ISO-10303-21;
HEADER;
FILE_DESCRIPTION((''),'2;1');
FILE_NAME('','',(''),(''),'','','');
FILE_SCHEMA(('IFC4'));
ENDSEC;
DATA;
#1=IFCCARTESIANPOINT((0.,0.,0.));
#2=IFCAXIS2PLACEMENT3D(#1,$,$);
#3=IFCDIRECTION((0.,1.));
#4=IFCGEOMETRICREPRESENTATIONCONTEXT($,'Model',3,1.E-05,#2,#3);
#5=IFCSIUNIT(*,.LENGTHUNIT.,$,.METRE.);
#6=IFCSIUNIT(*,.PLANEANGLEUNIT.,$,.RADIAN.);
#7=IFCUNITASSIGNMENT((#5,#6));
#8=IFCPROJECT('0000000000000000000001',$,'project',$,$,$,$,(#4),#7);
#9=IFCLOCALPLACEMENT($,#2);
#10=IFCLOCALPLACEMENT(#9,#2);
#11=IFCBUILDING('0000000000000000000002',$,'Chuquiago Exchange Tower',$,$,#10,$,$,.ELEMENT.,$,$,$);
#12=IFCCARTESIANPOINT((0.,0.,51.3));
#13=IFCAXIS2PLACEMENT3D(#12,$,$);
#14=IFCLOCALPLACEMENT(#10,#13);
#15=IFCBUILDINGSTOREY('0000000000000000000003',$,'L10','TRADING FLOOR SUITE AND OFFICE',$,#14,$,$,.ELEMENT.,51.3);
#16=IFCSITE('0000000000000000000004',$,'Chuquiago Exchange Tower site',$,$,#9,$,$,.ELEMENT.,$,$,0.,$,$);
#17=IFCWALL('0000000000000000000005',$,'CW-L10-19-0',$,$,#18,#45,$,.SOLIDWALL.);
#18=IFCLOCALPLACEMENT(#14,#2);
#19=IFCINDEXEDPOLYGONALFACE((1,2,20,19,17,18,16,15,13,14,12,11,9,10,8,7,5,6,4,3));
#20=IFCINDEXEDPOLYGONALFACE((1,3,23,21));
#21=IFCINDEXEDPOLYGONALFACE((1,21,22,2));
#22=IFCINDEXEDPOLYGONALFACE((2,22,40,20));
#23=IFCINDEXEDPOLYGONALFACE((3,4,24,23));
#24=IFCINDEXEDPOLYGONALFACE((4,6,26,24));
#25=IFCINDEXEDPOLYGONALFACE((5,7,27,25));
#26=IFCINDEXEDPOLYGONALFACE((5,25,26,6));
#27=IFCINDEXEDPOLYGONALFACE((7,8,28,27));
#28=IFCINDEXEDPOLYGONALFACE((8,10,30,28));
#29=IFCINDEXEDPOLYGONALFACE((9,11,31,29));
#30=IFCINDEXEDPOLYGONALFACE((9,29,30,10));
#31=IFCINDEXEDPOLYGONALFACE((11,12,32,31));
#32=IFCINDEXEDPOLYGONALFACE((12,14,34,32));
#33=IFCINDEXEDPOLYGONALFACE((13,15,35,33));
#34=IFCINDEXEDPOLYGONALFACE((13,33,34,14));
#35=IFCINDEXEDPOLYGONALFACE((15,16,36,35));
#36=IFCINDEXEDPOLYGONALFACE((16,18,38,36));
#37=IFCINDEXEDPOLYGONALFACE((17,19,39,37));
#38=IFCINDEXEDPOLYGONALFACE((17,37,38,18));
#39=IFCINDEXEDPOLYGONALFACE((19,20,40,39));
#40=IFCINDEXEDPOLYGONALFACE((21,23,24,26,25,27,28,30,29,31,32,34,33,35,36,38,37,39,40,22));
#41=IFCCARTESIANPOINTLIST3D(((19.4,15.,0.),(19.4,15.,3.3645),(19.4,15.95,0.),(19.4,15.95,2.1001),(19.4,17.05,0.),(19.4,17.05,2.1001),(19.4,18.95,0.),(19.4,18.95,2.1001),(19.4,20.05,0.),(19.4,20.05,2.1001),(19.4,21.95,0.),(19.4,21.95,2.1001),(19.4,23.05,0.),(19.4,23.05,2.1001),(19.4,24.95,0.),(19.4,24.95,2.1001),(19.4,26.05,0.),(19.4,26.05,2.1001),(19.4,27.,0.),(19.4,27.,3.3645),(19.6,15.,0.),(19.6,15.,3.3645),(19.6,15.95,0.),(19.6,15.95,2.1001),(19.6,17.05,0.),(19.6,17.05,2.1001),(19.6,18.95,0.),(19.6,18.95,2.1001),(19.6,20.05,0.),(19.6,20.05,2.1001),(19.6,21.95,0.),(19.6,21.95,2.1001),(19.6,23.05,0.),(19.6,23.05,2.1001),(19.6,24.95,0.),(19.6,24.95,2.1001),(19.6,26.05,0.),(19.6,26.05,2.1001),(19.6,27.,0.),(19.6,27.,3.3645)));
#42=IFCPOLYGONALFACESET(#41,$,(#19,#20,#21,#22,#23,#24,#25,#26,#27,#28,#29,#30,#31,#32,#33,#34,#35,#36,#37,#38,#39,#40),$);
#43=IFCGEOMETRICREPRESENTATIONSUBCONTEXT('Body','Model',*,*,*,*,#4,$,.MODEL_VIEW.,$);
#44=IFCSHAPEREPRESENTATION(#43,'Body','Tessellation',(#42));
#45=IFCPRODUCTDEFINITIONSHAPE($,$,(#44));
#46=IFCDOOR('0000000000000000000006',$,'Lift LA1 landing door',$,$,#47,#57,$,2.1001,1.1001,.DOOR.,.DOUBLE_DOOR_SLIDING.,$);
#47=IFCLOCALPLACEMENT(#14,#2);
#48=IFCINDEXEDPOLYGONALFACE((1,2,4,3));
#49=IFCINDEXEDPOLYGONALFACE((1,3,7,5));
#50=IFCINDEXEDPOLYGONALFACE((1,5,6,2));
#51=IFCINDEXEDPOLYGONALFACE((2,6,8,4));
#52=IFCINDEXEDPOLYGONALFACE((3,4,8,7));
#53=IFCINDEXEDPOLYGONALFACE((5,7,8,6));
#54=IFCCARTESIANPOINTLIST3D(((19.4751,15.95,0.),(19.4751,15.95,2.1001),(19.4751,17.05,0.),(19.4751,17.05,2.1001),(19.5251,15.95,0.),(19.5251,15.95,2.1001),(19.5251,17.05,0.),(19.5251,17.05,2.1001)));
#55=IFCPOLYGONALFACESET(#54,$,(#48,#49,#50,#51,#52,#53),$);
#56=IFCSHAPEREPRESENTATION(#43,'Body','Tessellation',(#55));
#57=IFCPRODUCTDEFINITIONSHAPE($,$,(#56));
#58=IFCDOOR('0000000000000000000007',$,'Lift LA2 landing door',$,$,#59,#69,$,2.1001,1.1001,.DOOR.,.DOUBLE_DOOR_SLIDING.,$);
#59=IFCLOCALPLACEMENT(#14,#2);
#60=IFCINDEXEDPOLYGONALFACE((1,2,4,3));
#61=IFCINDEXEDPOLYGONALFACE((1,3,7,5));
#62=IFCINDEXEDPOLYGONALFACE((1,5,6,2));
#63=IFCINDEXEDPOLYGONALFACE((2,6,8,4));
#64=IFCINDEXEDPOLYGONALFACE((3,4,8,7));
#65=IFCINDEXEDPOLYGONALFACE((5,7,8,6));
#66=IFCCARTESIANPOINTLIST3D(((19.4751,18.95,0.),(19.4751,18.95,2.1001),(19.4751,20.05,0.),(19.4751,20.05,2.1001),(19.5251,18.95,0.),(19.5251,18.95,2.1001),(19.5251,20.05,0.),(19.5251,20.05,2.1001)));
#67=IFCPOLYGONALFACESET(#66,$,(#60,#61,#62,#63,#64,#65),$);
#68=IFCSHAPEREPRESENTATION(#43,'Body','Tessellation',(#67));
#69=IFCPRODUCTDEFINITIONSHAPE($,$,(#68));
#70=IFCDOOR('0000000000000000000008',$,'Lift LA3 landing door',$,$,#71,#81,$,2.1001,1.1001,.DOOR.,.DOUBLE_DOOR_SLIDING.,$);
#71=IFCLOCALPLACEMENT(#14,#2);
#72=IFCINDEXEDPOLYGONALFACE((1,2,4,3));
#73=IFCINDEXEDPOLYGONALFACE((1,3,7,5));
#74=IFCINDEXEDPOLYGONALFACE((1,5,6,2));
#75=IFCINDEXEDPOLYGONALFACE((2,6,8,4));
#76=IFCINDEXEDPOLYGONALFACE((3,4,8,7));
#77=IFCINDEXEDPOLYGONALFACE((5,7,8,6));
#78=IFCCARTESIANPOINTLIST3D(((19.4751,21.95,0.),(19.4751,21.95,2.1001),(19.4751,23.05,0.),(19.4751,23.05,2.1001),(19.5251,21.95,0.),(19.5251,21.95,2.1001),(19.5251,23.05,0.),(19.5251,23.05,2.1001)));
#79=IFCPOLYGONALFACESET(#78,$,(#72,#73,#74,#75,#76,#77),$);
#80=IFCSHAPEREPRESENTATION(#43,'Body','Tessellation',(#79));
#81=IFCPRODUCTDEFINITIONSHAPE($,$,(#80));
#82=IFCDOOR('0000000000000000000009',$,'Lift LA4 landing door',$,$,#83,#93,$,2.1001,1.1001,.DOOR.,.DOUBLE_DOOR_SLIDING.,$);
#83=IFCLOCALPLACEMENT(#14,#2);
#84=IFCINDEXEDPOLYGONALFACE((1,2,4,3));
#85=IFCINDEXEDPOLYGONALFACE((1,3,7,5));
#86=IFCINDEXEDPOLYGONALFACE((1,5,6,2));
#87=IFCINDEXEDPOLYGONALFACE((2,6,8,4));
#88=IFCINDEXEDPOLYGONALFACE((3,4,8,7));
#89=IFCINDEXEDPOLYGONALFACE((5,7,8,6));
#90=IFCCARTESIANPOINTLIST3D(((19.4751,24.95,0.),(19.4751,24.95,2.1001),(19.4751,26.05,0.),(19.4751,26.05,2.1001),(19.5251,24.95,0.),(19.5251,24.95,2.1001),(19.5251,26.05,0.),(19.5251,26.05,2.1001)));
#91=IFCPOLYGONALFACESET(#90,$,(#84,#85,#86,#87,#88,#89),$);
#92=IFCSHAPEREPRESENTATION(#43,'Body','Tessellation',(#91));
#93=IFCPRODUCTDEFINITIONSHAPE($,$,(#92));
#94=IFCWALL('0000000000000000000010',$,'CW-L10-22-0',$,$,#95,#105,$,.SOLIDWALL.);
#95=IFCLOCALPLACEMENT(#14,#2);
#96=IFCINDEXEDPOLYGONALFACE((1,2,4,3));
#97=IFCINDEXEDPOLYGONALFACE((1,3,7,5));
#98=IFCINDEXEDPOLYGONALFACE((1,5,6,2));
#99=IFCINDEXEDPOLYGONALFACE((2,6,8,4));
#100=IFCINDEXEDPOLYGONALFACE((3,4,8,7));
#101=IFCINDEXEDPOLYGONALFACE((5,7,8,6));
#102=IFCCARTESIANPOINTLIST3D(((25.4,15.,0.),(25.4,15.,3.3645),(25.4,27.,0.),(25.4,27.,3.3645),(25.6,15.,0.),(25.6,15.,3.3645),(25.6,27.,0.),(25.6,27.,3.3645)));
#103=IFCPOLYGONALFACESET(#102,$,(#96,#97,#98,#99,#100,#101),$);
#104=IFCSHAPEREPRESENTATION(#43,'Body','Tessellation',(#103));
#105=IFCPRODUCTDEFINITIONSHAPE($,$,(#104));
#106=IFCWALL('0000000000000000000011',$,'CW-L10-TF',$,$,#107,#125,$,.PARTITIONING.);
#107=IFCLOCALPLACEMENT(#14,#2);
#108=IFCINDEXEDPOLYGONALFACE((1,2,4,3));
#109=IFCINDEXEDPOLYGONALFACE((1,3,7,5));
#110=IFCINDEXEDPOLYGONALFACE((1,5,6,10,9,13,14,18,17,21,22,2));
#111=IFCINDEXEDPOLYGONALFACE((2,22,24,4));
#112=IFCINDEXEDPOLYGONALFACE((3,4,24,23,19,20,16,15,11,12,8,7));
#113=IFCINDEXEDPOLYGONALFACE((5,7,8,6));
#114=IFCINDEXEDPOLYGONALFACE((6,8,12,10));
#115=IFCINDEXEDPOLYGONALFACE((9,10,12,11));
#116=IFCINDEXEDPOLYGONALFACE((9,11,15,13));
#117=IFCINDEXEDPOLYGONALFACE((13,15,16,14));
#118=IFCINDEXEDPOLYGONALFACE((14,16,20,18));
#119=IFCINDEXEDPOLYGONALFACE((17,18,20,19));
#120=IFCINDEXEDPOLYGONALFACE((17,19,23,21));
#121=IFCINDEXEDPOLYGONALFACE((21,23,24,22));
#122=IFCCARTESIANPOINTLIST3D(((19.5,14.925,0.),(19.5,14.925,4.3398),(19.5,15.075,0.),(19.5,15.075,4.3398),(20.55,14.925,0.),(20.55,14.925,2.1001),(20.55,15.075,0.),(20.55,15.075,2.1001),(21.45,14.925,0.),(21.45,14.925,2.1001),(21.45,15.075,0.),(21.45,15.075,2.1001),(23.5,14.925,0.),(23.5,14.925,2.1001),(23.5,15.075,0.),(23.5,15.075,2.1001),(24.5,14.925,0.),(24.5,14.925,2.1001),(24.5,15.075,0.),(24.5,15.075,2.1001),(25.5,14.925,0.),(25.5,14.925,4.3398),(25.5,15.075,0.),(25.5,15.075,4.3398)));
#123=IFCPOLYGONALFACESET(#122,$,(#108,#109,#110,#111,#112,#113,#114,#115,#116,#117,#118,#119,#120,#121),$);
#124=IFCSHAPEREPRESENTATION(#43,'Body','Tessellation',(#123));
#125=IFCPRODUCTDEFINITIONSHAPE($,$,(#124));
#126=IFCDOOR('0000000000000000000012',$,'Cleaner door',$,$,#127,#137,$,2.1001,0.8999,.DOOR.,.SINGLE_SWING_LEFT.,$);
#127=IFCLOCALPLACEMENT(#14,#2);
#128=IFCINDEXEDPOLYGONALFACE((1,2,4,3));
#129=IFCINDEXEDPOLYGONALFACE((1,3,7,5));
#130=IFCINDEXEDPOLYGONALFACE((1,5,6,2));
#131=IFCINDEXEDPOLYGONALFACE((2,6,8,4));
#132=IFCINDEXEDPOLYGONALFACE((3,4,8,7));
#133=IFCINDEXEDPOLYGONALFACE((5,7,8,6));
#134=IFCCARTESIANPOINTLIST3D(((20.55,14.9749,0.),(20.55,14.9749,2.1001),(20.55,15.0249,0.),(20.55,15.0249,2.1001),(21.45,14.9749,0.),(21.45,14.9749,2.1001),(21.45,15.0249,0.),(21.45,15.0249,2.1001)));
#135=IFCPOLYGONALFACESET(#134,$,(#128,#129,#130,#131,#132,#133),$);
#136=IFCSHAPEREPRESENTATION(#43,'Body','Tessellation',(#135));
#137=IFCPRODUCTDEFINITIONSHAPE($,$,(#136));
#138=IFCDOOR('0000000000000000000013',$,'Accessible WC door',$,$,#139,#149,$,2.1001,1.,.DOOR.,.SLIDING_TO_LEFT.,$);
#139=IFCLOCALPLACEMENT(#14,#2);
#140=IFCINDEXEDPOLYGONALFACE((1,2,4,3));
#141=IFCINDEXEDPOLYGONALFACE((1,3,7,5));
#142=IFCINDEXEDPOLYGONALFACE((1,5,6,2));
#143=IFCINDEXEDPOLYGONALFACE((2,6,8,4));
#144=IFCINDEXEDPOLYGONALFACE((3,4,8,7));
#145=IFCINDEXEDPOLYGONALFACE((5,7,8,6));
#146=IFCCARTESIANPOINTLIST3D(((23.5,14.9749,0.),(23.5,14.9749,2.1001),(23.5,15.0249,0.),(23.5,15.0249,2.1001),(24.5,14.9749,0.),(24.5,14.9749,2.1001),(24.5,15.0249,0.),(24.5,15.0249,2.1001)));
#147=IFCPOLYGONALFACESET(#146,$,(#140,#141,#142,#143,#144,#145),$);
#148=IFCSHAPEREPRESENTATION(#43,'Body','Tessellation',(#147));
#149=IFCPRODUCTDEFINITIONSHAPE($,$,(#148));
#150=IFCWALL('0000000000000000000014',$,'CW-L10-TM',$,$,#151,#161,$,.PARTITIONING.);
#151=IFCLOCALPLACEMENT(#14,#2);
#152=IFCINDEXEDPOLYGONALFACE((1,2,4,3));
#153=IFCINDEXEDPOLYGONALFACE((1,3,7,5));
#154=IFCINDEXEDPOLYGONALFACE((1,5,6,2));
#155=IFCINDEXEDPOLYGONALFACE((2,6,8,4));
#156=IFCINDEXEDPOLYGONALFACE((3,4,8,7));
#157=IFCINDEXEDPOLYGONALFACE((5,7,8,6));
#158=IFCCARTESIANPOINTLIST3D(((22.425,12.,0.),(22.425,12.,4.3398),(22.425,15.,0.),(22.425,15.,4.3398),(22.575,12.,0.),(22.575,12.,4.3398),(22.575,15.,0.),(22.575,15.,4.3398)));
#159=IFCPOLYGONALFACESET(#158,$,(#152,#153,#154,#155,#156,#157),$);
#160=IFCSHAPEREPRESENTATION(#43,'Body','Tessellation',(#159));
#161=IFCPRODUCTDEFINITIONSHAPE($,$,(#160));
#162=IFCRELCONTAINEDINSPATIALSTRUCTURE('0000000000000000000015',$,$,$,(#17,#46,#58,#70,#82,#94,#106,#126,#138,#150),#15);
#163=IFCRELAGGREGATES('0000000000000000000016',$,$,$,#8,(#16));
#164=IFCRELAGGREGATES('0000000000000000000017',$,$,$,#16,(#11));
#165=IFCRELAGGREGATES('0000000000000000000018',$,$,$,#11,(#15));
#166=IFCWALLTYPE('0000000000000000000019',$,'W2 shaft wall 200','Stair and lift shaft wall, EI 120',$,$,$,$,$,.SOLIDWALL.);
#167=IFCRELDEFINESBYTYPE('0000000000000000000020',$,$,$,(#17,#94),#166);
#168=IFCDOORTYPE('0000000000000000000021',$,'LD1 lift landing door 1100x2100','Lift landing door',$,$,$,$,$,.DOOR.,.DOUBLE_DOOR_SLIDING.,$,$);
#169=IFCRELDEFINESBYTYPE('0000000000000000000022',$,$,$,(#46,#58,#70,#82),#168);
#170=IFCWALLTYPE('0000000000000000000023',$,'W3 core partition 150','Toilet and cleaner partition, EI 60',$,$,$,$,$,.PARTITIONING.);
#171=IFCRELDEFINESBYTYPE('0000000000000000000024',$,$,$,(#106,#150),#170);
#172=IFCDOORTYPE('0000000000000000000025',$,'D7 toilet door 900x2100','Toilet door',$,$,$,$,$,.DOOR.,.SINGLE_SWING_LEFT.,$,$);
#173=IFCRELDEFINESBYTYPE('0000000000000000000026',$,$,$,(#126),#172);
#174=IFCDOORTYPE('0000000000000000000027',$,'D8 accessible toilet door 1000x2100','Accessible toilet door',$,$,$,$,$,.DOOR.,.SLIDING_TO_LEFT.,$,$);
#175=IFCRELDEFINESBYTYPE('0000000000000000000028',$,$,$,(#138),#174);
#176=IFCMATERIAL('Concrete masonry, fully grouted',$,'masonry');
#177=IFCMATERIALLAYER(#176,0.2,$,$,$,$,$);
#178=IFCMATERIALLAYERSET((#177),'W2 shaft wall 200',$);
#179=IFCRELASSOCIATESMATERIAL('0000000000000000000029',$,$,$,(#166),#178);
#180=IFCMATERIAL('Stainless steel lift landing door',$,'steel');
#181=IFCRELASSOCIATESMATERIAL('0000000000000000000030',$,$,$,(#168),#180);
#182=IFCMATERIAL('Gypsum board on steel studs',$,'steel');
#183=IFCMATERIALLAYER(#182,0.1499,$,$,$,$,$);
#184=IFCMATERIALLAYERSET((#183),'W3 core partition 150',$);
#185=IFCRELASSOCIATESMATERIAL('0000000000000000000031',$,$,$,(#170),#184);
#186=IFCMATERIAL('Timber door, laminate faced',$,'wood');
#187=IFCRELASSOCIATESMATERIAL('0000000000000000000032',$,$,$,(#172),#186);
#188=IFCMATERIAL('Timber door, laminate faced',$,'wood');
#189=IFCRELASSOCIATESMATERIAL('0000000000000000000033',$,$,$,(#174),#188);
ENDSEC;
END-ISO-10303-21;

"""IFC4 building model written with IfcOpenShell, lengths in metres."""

from ifc_helpers import new_model, si_unit, direction, frame, frame_2d, origin, place, context, subcontext, project, spatial, rectangle, extrude, material, layer, layer_set, type_object, element, fill, save


model = new_model("IFC4")

# Units and contexts
model_context = context("Model", 3, precision=1e-05, world=origin(), true_north=direction((0.0, 1.0)))
body_context = subcontext(model_context, "Body", "Model", "MODEL_VIEW")
ifc_project = project(units=[si_unit("LENGTHUNIT", "METRE"), si_unit("PLANEANGLEUNIT", "RADIAN")], contexts=[model_context])

# Site, building, storey
site_placement = place(None, origin())
site = spatial("IfcSite", under=ifc_project, at=site_placement, Name="Chuquiago Exchange Tower site", CompositionType="ELEMENT", RefElevation=0.0)
building_placement = place(site_placement, origin())
building = spatial("IfcBuilding", under=site, at=building_placement, Name="Chuquiago Exchange Tower", CompositionType="ELEMENT")
storey_placement = place(building_placement, frame((0.0, 0.0, 51.3)))
storey = spatial("IfcBuildingStorey", under=building, at=storey_placement, Name="L10", Description="TRADING FLOOR SUITE AND OFFICE", CompositionType="ELEMENT", Elevation=51.3)

# Shared definitions
ifc_material_1 = material(Name="Concrete masonry, fully grouted", Category="masonry")
ifc_layer_1 = layer(ifc_material_1, 0.2)
ifc_layer_set_1 = layer_set([ifc_layer_1], Name="W2 shaft wall 200")
wall_type_1 = type_object("IfcWallType", Name="W2 shaft wall 200", Description="Stair and lift shaft wall, EI 120", PredefinedType="SOLIDWALL", material=ifc_layer_set_1)

# Wall, openings, doors
wall_1_placement = place(storey_placement, frame((19.5, 15.0, 0.0), z_axis=(0.0, 0.0, 1.0), x_axis=(0.0, 1.0, 0.0)))
wall_1 = element("IfcWall", 1, at=wall_1_placement, inside=storey, type_object=wall_type_1, Name="CW-L10-19-0", PredefinedType="SOLIDWALL", context=body_context, shape_type="SweptSolid", body=[
    extrude(rectangle(XDim=12.0, YDim=0.2, at=frame_2d((6.0, 0.0))), origin(), (0.0, 0.0, 1.0), 3.3645),
])
opening_1_placement = place(wall_1_placement, frame((0.95, 0.0, 0.0)))
opening_1 = element("IfcOpeningElement", 2, at=opening_1_placement, cuts=wall_1, PredefinedType="OPENING", context=body_context, shape_type="SweptSolid", body=[
    extrude(rectangle(XDim=1.1001, YDim=2.1001, at=frame_2d((0.55, 1.05))), frame((0.0, 0.1099, 0.0), z_axis=(0.0, -1.0, 0.0), x_axis=(1.0, 0.0, 0.0)), (0.0, 0.0, 1.0), 0.22),
])
opening_2_placement = place(wall_1_placement, frame((3.95, 0.0, 0.0)))
opening_2 = element("IfcOpeningElement", 3, at=opening_2_placement, cuts=wall_1, PredefinedType="OPENING", context=body_context, shape_type="SweptSolid", body=[
    extrude(rectangle(XDim=1.1001, YDim=2.1001, at=frame_2d((0.55, 1.05))), frame((0.0, 0.1099, 0.0), z_axis=(0.0, -1.0, 0.0), x_axis=(1.0, 0.0, 0.0)), (0.0, 0.0, 1.0), 0.22),
])
opening_3_placement = place(wall_1_placement, frame((6.95, 0.0, 0.0)))
opening_3 = element("IfcOpeningElement", 4, at=opening_3_placement, cuts=wall_1, PredefinedType="OPENING", context=body_context, shape_type="SweptSolid", body=[
    extrude(rectangle(XDim=1.1001, YDim=2.1001, at=frame_2d((0.55, 1.05))), frame((0.0, 0.1099, 0.0), z_axis=(0.0, -1.0, 0.0), x_axis=(1.0, 0.0, 0.0)), (0.0, 0.0, 1.0), 0.22),
])
opening_4_placement = place(wall_1_placement, frame((9.95, 0.0, 0.0)))
opening_4 = element("IfcOpeningElement", 5, at=opening_4_placement, cuts=wall_1, PredefinedType="OPENING", context=body_context, shape_type="SweptSolid", body=[
    extrude(rectangle(XDim=1.1001, YDim=2.1001, at=frame_2d((0.55, 1.05))), frame((0.0, 0.1099, 0.0), z_axis=(0.0, -1.0, 0.0), x_axis=(1.0, 0.0, 0.0)), (0.0, 0.0, 1.0), 0.22),
])
ifc_material_2 = material(Name="Stainless steel lift landing door", Category="steel")
door_type_1 = type_object("IfcDoorType", Name="LD1 lift landing door 1100x2100", Description="Lift landing door", OperationType="DOUBLE_DOOR_SLIDING", PredefinedType="DOOR", material=ifc_material_2)
door_1_placement = place(opening_1_placement, origin())
door_1 = element("IfcDoor", 6, at=door_1_placement, inside=storey, type_object=door_type_1, Name="Lift LA1 landing door", OperationType="DOUBLE_DOOR_SLIDING", OverallHeight=2.1001, OverallWidth=1.1001, PredefinedType="DOOR", context=body_context, shape_type="SweptSolid", body=[
    extrude(rectangle(XDim=1.1001, YDim=2.1001, at=frame_2d((0.55, 1.05))), frame((0.0, 0.0249, 0.0), z_axis=(0.0, -1.0, 0.0), x_axis=(1.0, 0.0, 0.0)), (0.0, 0.0, 1.0), 0.05),
])
fill(opening_1, door_1)
door_2_placement = place(opening_2_placement, origin())
door_2 = element("IfcDoor", 7, at=door_2_placement, inside=storey, type_object=door_type_1, Name="Lift LA2 landing door", OperationType="DOUBLE_DOOR_SLIDING", OverallHeight=2.1001, OverallWidth=1.1001, PredefinedType="DOOR", context=body_context, shape_type="SweptSolid", body=[
    extrude(rectangle(XDim=1.1001, YDim=2.1001, at=frame_2d((0.55, 1.05))), frame((0.0, 0.0249, 0.0), z_axis=(0.0, -1.0, 0.0), x_axis=(1.0, 0.0, 0.0)), (0.0, 0.0, 1.0), 0.05),
])
fill(opening_2, door_2)
door_3_placement = place(opening_3_placement, origin())
door_3 = element("IfcDoor", 8, at=door_3_placement, inside=storey, type_object=door_type_1, Name="Lift LA3 landing door", OperationType="DOUBLE_DOOR_SLIDING", OverallHeight=2.1001, OverallWidth=1.1001, PredefinedType="DOOR", context=body_context, shape_type="SweptSolid", body=[
    extrude(rectangle(XDim=1.1001, YDim=2.1001, at=frame_2d((0.55, 1.05))), frame((0.0, 0.0249, 0.0), z_axis=(0.0, -1.0, 0.0), x_axis=(1.0, 0.0, 0.0)), (0.0, 0.0, 1.0), 0.05),
])
fill(opening_3, door_3)
door_4_placement = place(opening_4_placement, origin())
door_4 = element("IfcDoor", 9, at=door_4_placement, inside=storey, type_object=door_type_1, Name="Lift LA4 landing door", OperationType="DOUBLE_DOOR_SLIDING", OverallHeight=2.1001, OverallWidth=1.1001, PredefinedType="DOOR", context=body_context, shape_type="SweptSolid", body=[
    extrude(rectangle(XDim=1.1001, YDim=2.1001, at=frame_2d((0.55, 1.05))), frame((0.0, 0.0249, 0.0), z_axis=(0.0, -1.0, 0.0), x_axis=(1.0, 0.0, 0.0)), (0.0, 0.0, 1.0), 0.05),
])
fill(opening_4, door_4)

# Wall
wall_2_placement = place(storey_placement, frame((25.5, 15.0, 0.0), z_axis=(0.0, 0.0, 1.0), x_axis=(0.0, 1.0, 0.0)))
element("IfcWall", 10, at=wall_2_placement, inside=storey, type_object=wall_type_1, Name="CW-L10-22-0", PredefinedType="SOLIDWALL", context=body_context, shape_type="SweptSolid", body=[
    extrude(rectangle(XDim=12.0, YDim=0.2, at=frame_2d((6.0, 0.0))), origin(), (0.0, 0.0, 1.0), 3.3645),
])

# Wall, openings, doors
ifc_material_3 = material(Name="Gypsum board on steel studs", Category="steel")
ifc_layer_2 = layer(ifc_material_3, 0.1499)
ifc_layer_set_2 = layer_set([ifc_layer_2], Name="W3 core partition 150")
wall_type_2 = type_object("IfcWallType", Name="W3 core partition 150", Description="Toilet and cleaner partition, EI 60", PredefinedType="PARTITIONING", material=ifc_layer_set_2)
wall_3_placement = place(storey_placement, frame((19.5, 15.0, 0.0), z_axis=(0.0, 0.0, 1.0), x_axis=(1.0, 0.0, 0.0)))
wall_3 = element("IfcWall", 11, at=wall_3_placement, inside=storey, type_object=wall_type_2, Name="CW-L10-TF", PredefinedType="PARTITIONING", context=body_context, shape_type="SweptSolid", body=[
    extrude(rectangle(XDim=6.0, YDim=0.1499, at=frame_2d((3.0, 0.0))), origin(), (0.0, 0.0, 1.0), 4.3398),
])
opening_5_placement = place(wall_3_placement, frame((4.0, 0.0, 0.0)))
opening_5 = element("IfcOpeningElement", 12, at=opening_5_placement, cuts=wall_3, PredefinedType="OPENING", context=body_context, shape_type="SweptSolid", body=[
    extrude(rectangle(XDim=1.0, YDim=2.1001, at=frame_2d((0.5, 1.05))), frame((0.0, 0.085, 0.0), z_axis=(0.0, -1.0, 0.0), x_axis=(1.0, 0.0, 0.0)), (0.0, 0.0, 1.0), 0.1699),
])
opening_6_placement = place(wall_3_placement, frame((1.05, 0.0, 0.0)))
opening_6 = element("IfcOpeningElement", 13, at=opening_6_placement, cuts=wall_3, PredefinedType="OPENING", context=body_context, shape_type="SweptSolid", body=[
    extrude(rectangle(XDim=0.8999, YDim=2.1001, at=frame_2d((0.45, 1.05))), frame((0.0, 0.085, 0.0), z_axis=(0.0, -1.0, 0.0), x_axis=(1.0, 0.0, 0.0)), (0.0, 0.0, 1.0), 0.1699),
])
ifc_material_4 = material(Name="Timber door, laminate faced", Category="wood")
door_type_2 = type_object("IfcDoorType", Name="D7 toilet door 900x2100", Description="Toilet door", OperationType="SINGLE_SWING_LEFT", PredefinedType="DOOR", material=ifc_material_4)
door_5_placement = place(opening_6_placement, origin())
door_5 = element("IfcDoor", 14, at=door_5_placement, inside=storey, type_object=door_type_2, Name="Cleaner door", OperationType="SINGLE_SWING_LEFT", OverallHeight=2.1001, OverallWidth=0.8999, PredefinedType="DOOR", context=body_context, shape_type="SweptSolid", body=[
    extrude(rectangle(XDim=0.8999, YDim=2.1001, at=frame_2d((0.45, 1.05))), frame((0.0, 0.0249, 0.0), z_axis=(0.0, -1.0, 0.0), x_axis=(1.0, 0.0, 0.0)), (0.0, 0.0, 1.0), 0.05),
])
fill(opening_6, door_5)
ifc_material_5 = material(Name="Timber door, laminate faced", Category="wood")
door_type_3 = type_object("IfcDoorType", Name="D8 accessible toilet door 1000x2100", Description="Accessible toilet door", OperationType="SLIDING_TO_LEFT", PredefinedType="DOOR", material=ifc_material_5)
door_6_placement = place(opening_5_placement, origin())
door_6 = element("IfcDoor", 15, at=door_6_placement, inside=storey, type_object=door_type_3, Name="Accessible WC door", OperationType="SLIDING_TO_LEFT", OverallHeight=2.1001, OverallWidth=1.0, PredefinedType="DOOR", context=body_context, shape_type="SweptSolid", body=[
    extrude(rectangle(XDim=1.0, YDim=2.1001, at=frame_2d((0.5, 1.05))), frame((0.0, 0.0249, 0.0), z_axis=(0.0, -1.0, 0.0), x_axis=(1.0, 0.0, 0.0)), (0.0, 0.0, 1.0), 0.05),
])
fill(opening_5, door_6)

# Wall
wall_4_placement = place(storey_placement, frame((22.5, 15.0, 0.0), z_axis=(0.0, 0.0, 1.0), x_axis=(0.0, -1.0, 0.0)))
element("IfcWall", 16, at=wall_4_placement, inside=storey, type_object=wall_type_2, Name="CW-L10-TM", PredefinedType="PARTITIONING", context=body_context, shape_type="SweptSolid", body=[
    extrude(rectangle(XDim=3.0, YDim=0.1499, at=frame_2d((1.5, 0.0))), origin(), (0.0, 0.0, 1.0), 4.3398),
])

save(model, "model.ifc")
